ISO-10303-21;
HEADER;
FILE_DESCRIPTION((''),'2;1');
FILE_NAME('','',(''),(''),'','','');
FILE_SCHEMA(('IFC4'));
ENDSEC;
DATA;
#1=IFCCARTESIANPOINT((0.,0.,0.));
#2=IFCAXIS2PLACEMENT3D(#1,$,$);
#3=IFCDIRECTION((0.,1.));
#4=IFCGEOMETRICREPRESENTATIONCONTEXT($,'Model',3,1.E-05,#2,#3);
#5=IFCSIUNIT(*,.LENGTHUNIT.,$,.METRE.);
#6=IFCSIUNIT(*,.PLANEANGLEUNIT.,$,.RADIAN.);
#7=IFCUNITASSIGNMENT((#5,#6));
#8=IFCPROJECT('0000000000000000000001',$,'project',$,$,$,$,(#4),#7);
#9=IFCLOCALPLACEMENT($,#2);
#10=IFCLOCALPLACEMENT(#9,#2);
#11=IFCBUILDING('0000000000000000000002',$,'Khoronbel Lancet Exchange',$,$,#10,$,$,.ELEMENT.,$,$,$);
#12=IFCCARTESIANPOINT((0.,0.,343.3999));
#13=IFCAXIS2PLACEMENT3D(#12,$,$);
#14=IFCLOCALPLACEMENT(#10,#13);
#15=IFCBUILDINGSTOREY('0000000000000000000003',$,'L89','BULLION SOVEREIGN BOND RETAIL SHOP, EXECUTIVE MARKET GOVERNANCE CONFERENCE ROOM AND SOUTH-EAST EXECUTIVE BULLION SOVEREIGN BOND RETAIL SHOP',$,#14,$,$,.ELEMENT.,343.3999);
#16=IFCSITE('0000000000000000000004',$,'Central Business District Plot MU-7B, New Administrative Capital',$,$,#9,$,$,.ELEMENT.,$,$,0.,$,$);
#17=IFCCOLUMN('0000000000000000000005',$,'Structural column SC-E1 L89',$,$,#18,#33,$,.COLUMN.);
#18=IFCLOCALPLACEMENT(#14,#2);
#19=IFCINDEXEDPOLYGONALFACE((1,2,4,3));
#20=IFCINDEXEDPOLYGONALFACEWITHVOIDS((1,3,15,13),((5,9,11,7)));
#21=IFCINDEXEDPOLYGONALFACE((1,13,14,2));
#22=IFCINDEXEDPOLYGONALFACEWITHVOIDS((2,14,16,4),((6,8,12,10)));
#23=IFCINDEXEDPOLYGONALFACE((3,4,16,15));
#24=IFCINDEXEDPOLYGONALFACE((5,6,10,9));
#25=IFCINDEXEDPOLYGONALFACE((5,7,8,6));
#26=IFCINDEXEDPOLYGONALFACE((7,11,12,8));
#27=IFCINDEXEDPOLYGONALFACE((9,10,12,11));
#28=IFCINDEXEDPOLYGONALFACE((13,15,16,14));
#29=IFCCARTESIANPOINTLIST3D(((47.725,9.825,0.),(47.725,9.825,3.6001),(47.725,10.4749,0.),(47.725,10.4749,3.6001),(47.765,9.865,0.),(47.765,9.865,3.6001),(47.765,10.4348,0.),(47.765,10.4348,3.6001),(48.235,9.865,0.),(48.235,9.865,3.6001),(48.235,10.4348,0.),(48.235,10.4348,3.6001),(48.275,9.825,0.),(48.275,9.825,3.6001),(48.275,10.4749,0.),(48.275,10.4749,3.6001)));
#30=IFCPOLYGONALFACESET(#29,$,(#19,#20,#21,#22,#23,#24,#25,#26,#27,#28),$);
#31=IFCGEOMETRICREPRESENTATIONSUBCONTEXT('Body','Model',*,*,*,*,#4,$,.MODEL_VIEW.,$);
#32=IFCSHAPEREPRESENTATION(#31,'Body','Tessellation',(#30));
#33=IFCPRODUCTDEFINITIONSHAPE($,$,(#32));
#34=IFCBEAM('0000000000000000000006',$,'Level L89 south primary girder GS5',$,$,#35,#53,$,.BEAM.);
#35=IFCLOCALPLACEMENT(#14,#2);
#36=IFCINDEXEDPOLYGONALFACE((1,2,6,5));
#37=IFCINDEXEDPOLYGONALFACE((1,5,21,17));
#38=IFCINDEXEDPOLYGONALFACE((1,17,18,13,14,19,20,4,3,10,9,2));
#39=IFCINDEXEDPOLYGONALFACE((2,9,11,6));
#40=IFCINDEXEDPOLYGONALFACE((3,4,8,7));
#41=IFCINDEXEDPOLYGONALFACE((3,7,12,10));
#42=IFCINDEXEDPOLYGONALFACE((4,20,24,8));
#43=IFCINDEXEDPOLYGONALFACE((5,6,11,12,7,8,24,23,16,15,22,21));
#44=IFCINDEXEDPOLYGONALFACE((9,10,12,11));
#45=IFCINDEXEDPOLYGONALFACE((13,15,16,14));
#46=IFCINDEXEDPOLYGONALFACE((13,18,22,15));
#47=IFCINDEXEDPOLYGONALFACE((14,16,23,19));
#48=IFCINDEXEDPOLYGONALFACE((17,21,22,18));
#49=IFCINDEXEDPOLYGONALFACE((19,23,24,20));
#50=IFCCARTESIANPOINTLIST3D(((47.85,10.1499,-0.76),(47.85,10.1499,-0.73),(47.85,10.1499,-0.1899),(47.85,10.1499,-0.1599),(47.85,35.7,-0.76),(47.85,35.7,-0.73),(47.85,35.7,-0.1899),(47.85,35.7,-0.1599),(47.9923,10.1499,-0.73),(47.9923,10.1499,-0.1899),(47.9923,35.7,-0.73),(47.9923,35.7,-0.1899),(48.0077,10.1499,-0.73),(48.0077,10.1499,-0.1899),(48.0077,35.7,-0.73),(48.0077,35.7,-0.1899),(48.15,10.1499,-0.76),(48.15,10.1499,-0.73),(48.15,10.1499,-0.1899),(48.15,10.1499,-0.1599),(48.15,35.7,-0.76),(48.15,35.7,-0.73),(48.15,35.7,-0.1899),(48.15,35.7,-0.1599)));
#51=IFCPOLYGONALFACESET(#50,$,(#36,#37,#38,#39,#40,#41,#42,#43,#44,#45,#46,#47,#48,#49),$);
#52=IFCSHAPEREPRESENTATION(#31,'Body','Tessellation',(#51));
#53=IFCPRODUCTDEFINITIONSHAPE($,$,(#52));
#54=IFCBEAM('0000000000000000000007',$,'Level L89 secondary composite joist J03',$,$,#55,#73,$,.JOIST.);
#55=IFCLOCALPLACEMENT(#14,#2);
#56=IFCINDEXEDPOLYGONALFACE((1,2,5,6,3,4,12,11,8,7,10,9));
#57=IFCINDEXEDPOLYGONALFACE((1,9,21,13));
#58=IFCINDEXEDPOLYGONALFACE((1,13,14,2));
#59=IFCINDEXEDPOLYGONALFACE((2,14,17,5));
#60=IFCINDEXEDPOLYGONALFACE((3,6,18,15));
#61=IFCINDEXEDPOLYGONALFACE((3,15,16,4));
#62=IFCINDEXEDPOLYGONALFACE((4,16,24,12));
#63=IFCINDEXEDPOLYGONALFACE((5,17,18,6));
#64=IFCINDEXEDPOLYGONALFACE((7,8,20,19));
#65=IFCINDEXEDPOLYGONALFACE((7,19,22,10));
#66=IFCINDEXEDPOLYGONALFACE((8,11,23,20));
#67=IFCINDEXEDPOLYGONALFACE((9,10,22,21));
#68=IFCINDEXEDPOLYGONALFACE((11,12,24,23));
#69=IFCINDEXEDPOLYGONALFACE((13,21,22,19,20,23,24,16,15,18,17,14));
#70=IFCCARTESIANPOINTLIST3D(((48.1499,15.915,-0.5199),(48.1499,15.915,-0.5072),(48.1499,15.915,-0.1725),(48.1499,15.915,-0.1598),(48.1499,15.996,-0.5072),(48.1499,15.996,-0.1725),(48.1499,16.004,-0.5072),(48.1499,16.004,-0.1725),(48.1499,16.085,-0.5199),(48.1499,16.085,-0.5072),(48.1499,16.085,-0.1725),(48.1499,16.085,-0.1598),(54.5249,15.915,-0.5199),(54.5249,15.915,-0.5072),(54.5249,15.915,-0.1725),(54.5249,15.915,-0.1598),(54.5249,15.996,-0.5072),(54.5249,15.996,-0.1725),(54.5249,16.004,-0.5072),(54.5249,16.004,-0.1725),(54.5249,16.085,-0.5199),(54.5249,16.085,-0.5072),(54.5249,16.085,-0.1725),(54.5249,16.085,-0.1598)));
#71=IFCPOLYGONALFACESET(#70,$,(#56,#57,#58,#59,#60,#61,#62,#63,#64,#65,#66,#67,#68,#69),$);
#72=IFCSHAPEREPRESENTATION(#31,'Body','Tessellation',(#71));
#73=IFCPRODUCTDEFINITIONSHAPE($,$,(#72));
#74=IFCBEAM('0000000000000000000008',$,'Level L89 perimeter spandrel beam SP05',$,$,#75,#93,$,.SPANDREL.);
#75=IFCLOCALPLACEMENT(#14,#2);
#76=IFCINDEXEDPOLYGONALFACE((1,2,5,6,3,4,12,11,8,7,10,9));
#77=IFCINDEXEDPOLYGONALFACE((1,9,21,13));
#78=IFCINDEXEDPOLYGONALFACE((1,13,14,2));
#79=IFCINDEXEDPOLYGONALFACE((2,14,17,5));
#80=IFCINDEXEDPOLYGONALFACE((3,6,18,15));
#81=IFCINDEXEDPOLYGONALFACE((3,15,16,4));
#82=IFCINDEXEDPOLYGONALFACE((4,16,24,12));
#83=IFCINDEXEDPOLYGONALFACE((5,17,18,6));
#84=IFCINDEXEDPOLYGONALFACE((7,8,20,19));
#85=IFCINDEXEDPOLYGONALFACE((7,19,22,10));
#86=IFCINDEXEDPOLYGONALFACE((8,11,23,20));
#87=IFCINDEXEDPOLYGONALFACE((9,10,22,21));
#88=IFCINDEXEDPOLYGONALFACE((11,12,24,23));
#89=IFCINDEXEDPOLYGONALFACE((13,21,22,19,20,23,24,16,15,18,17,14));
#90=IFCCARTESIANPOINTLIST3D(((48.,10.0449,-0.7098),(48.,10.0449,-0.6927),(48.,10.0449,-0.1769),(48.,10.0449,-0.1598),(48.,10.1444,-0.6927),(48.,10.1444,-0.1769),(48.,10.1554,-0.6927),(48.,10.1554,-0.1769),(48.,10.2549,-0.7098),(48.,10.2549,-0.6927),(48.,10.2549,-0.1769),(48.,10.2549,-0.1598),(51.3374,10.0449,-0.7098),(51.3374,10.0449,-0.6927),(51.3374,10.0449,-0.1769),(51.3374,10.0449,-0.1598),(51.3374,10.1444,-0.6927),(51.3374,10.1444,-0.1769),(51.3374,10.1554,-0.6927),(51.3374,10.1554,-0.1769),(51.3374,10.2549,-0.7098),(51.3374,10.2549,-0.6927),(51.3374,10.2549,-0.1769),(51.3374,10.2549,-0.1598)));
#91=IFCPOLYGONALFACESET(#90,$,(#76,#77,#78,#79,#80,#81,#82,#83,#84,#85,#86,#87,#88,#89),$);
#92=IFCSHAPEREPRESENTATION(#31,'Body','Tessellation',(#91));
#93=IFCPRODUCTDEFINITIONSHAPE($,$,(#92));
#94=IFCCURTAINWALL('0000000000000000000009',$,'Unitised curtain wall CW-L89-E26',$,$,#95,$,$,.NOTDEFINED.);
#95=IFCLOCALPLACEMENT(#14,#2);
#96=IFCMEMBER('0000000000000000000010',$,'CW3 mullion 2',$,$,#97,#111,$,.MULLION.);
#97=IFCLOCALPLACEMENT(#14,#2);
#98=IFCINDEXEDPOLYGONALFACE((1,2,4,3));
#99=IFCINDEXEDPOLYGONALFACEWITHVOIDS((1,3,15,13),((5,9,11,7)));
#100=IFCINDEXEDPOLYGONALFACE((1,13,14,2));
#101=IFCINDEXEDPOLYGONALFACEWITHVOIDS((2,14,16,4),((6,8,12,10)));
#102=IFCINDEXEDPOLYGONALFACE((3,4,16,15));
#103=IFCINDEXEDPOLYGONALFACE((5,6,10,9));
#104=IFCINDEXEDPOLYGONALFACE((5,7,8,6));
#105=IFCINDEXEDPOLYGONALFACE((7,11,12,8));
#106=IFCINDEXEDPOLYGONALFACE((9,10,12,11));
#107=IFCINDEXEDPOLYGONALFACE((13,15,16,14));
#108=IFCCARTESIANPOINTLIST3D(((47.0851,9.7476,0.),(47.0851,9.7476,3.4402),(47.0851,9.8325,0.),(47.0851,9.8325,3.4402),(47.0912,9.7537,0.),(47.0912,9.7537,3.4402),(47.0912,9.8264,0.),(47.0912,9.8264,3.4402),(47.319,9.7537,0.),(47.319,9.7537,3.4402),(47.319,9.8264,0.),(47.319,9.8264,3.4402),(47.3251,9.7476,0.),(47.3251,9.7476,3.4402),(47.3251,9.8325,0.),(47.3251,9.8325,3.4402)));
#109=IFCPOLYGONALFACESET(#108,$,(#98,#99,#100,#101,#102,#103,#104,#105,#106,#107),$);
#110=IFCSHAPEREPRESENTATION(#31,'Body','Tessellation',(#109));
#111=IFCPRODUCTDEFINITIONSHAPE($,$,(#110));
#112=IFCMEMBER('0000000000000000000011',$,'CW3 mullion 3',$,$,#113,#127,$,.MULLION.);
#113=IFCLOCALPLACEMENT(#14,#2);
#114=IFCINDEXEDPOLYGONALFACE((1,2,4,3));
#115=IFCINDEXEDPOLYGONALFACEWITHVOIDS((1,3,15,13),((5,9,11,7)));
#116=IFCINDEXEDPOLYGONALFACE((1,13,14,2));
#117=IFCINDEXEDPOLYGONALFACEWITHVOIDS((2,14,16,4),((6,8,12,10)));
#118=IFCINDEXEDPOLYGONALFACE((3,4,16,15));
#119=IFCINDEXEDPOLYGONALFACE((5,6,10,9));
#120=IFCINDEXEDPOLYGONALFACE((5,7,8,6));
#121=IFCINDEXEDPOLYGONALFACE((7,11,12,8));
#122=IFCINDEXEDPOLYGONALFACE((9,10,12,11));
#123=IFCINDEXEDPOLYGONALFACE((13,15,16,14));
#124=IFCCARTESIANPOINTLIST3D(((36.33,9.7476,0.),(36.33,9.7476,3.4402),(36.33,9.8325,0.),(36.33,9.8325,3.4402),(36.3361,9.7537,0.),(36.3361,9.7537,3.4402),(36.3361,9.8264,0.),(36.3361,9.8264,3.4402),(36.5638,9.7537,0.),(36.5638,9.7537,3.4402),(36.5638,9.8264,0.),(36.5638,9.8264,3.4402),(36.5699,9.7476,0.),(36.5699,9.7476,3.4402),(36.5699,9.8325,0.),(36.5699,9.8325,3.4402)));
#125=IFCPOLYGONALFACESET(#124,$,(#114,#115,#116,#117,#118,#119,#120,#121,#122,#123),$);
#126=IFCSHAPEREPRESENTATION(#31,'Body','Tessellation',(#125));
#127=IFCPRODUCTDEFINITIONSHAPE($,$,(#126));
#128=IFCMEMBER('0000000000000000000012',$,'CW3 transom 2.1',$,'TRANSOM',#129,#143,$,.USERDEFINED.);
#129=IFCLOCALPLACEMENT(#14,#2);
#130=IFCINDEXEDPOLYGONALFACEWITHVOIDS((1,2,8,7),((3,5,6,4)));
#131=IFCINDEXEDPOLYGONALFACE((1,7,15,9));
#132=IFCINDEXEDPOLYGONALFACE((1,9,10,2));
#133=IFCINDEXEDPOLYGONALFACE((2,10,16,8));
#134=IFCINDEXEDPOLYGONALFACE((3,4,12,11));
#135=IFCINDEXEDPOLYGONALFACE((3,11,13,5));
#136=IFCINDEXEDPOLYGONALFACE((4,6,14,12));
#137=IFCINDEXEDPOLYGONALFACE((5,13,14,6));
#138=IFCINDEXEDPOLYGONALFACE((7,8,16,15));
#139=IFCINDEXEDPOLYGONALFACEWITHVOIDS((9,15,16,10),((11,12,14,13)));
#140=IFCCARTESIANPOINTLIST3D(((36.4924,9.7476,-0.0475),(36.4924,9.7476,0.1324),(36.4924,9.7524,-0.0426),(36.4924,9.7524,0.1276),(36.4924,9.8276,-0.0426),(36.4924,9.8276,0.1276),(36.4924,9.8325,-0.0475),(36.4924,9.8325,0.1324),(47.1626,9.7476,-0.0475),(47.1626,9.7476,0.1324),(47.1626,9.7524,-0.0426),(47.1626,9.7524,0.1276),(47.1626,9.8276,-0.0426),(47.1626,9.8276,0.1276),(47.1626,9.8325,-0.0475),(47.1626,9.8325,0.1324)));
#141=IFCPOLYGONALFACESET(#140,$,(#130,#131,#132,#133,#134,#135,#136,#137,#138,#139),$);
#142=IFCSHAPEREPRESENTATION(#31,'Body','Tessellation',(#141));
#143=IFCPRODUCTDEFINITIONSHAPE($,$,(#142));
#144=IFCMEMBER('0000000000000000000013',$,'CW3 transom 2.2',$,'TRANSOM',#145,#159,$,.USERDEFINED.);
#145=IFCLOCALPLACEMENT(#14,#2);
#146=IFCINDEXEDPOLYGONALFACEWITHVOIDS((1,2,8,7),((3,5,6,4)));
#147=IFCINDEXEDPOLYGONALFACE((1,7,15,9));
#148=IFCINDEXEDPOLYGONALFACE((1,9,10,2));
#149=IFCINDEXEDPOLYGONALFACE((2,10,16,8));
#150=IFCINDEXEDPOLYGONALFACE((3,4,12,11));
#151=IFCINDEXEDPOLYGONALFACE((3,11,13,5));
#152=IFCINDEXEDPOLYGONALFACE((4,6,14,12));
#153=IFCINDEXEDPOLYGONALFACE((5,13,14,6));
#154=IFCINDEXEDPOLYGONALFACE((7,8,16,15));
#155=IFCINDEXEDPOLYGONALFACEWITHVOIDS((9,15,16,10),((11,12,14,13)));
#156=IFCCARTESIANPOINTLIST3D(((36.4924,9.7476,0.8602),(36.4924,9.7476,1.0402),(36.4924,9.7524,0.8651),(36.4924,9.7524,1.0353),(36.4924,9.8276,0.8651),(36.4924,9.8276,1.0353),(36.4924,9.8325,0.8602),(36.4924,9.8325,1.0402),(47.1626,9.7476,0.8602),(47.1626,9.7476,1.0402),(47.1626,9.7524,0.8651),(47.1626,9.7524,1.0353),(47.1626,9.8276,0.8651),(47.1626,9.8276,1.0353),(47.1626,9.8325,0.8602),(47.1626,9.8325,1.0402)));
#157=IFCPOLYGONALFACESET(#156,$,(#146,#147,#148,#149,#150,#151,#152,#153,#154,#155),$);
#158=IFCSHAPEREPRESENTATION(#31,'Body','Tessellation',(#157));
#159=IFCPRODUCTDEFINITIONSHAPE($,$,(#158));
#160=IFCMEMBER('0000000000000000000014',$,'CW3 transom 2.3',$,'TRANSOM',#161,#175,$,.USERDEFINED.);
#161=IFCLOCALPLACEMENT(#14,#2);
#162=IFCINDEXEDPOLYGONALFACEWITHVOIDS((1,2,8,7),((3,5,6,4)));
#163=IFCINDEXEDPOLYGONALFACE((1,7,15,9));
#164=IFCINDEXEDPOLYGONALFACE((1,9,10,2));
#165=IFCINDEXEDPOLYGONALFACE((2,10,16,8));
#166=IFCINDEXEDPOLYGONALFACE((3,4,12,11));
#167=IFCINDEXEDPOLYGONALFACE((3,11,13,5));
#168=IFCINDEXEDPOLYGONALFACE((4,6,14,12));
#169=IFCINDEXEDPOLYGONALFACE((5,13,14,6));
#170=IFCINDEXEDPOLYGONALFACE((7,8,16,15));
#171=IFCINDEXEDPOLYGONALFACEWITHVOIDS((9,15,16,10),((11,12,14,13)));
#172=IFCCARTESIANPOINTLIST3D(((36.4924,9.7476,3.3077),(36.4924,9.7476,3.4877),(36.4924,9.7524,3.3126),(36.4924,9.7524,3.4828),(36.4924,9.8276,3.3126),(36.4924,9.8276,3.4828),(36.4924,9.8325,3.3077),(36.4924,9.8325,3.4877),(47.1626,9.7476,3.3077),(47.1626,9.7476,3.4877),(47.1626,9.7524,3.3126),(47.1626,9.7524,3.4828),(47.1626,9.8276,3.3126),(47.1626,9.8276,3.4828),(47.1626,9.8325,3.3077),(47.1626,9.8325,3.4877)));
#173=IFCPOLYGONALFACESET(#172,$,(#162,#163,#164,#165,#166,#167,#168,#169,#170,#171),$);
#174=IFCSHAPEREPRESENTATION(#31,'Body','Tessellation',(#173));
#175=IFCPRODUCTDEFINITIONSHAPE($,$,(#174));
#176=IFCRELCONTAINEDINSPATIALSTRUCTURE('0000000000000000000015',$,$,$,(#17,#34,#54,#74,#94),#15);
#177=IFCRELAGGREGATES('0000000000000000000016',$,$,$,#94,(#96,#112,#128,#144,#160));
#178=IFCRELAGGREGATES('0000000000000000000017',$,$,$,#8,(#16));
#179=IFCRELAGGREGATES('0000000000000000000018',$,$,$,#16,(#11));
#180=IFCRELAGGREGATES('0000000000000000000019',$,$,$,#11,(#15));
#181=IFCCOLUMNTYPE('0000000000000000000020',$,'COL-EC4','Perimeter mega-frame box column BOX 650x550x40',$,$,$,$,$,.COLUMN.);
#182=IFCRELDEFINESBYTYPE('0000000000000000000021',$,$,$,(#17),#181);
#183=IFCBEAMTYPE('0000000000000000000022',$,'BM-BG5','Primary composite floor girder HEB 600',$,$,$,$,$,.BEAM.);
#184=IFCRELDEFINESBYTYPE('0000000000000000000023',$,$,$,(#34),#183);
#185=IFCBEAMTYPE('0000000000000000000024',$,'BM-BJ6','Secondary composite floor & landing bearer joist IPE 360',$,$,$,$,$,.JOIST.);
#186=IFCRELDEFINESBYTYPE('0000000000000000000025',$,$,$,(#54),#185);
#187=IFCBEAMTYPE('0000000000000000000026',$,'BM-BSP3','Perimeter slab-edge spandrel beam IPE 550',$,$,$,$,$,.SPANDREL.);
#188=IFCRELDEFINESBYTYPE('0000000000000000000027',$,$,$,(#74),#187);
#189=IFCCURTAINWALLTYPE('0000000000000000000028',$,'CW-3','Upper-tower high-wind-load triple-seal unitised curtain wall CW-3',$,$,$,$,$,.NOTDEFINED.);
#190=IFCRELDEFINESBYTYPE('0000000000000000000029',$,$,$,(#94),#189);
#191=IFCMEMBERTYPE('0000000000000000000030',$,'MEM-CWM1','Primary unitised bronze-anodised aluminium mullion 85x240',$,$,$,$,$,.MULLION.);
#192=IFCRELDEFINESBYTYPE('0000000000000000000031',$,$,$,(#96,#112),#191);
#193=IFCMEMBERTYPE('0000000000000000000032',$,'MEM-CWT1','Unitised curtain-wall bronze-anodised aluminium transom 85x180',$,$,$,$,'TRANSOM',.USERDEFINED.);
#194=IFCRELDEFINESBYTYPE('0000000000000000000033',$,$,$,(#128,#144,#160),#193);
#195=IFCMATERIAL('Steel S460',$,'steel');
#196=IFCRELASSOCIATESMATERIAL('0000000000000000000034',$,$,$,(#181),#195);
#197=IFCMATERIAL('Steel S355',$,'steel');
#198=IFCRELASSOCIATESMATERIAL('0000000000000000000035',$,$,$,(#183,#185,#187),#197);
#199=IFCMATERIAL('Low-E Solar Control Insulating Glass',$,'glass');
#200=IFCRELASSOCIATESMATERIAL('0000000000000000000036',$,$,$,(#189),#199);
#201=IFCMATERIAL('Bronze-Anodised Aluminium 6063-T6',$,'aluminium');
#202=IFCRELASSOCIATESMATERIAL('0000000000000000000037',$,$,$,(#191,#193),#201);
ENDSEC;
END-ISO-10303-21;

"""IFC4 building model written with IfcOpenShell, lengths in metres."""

from ifc_helpers import new_model, si_unit, direction, frame, origin, origin_2d, place, context, subcontext, project, spatial, hollow_rectangle, i_section, extrude, material, material_profile, profile_set, type_object, element, aggregate, save


model = new_model("IFC4")

# Units and contexts
model_context = context("Model", 3, precision=1e-05, world=origin(), true_north=direction((0.0, 1.0)))
body_context = subcontext(model_context, "Body", "Model", "MODEL_VIEW")
ifc_project = project(units=[si_unit("LENGTHUNIT", "METRE"), si_unit("PLANEANGLEUNIT", "RADIAN")], contexts=[model_context])

# Site, building, storey
site_placement = place(None, origin())
site = spatial("IfcSite", under=ifc_project, at=site_placement, Name="Central Business District Plot MU-7B, New Administrative Capital", CompositionType="ELEMENT", RefElevation=0.0)
building_placement = place(site_placement, origin())
building = spatial("IfcBuilding", under=site, at=building_placement, Name="Khoronbel Lancet Exchange", CompositionType="ELEMENT")
storey_placement = place(building_placement, frame((0.0, 0.0, 343.3999)))
storey = spatial("IfcBuildingStorey", under=building, at=storey_placement, Name="L89", Description="BULLION SOVEREIGN BOND RETAIL SHOP, EXECUTIVE MARKET GOVERNANCE CONFERENCE ROOM AND SOUTH-EAST EXECUTIVE BULLION SOVEREIGN BOND RETAIL SHOP", CompositionType="ELEMENT", Elevation=343.3999)

# Column
ifc_material_1 = material(Name="Steel S460", Category="steel")
ifc_material_profile_1 = material_profile(ifc_material_1, hollow_rectangle(XDim=0.55, YDim=0.6499, WallThickness=0.04, at=origin_2d()), Name="BOX 650x550x40")
ifc_profile_set_1 = profile_set([ifc_material_profile_1], Name="Steel S460")
column_type = type_object("IfcColumnType", Name="COL-EC4", Description="Perimeter mega-frame box column BOX 650x550x40", PredefinedType="COLUMN", material=ifc_profile_set_1)
column_placement = place(storey_placement, frame((48.0, 10.1499, 0.0), z_axis=(0.0, 0.0, 1.0), x_axis=(1.0, 0.0, 0.0)))
element("IfcColumn", 1, at=column_placement, inside=storey, type_object=column_type, Name="Structural column SC-E1 L89", PredefinedType="COLUMN", context=body_context, shape_type="SweptSolid", body=[
    extrude(hollow_rectangle(XDim=0.55, YDim=0.6499, WallThickness=0.04, at=origin_2d()), origin(), (0.0, 0.0, 1.0), 3.6001),
])

# Beams
ifc_material_2 = material(Name="Steel S355", Category="steel")
ifc_material_profile_2 = material_profile(ifc_material_2, i_section(OverallWidth=0.3, OverallDepth=0.6001, WebThickness=0.0154, FlangeThickness=0.03, at=origin_2d()), Name="HEB 600")
ifc_profile_set_2 = profile_set([ifc_material_profile_2], Name="Steel S355")
beam_type_1 = type_object("IfcBeamType", Name="BM-BG5", Description="Primary composite floor girder HEB 600", PredefinedType="BEAM", material=ifc_profile_set_2)
beam_1_placement = place(storey_placement, frame((48.0, 10.1499, -0.46), z_axis=(0.0, 1.0, 0.0), x_axis=(-1.0, 0.0, 0.0)))
element("IfcBeam", 2, at=beam_1_placement, inside=storey, type_object=beam_type_1, Name="Level L89 south primary girder GS5", PredefinedType="BEAM", context=body_context, shape_type="SweptSolid", body=[
    extrude(i_section(OverallWidth=0.3, OverallDepth=0.6001, WebThickness=0.0154, FlangeThickness=0.03, at=origin_2d()), origin(), (0.0, 0.0, 1.0), 25.55),
])
ifc_material_profile_3 = material_profile(ifc_material_2, i_section(OverallWidth=0.1699, OverallDepth=0.3601, WebThickness=0.0081, FlangeThickness=0.0127, at=origin_2d()), Name="IPE 360")
ifc_profile_set_3 = profile_set([ifc_material_profile_3], Name="Steel S355")
beam_type_2 = type_object("IfcBeamType", Name="BM-BJ6", Description="Secondary composite floor & landing bearer joist IPE 360", PredefinedType="JOIST", material=ifc_profile_set_3)
beam_2_placement = place(storey_placement, frame((48.1499, 16.0, -0.3398), z_axis=(1.0, 0.0, 0.0), x_axis=(0.0, 1.0, 0.0)))
element("IfcBeam", 3, at=beam_2_placement, inside=storey, type_object=beam_type_2, Name="Level L89 secondary composite joist J03", PredefinedType="JOIST", context=body_context, shape_type="SweptSolid", body=[
    extrude(i_section(OverallWidth=0.1699, OverallDepth=0.3601, WebThickness=0.0081, FlangeThickness=0.0127, at=origin_2d()), origin(), (0.0, 0.0, 1.0), 6.375),
])
ifc_material_profile_4 = material_profile(ifc_material_2, i_section(OverallWidth=0.21, OverallDepth=0.55, WebThickness=0.011, FlangeThickness=0.0171, at=origin_2d()), Name="IPE 550")
ifc_profile_set_4 = profile_set([ifc_material_profile_4], Name="Steel S355")
beam_type_3 = type_object("IfcBeamType", Name="BM-BSP3", Description="Perimeter slab-edge spandrel beam IPE 550", PredefinedType="SPANDREL", material=ifc_profile_set_4)
beam_3_placement = place(storey_placement, frame((48.0, 10.1499, -0.4348), z_axis=(1.0, 0.0, 0.0), x_axis=(0.0, 1.0, 0.0)))
element("IfcBeam", 4, at=beam_3_placement, inside=storey, type_object=beam_type_3, Name="Level L89 perimeter spandrel beam SP05", PredefinedType="SPANDREL", context=body_context, shape_type="SweptSolid", body=[
    extrude(i_section(OverallWidth=0.21, OverallDepth=0.55, WebThickness=0.011, FlangeThickness=0.0171, at=origin_2d()), origin(), (0.0, 0.0, 1.0), 3.3374),
])

# Curtain wall, members
ifc_material_3 = material(Name="Low-E Solar Control Insulating Glass", Category="glass")
curtain_wall_type = type_object("IfcCurtainWallType", Name="CW-3", Description="Upper-tower high-wind-load triple-seal unitised curtain wall CW-3", PredefinedType="NOTDEFINED", material=ifc_material_3)
curtain_wall_placement = place(storey_placement, origin())
curtain_wall = element("IfcCurtainWall", 5, at=curtain_wall_placement, inside=storey, type_object=curtain_wall_type, Name="Unitised curtain wall CW-L89-E26", PredefinedType="NOTDEFINED")
ifc_material_4 = material(Name="Bronze-Anodised Aluminium 6063-T6", Category="aluminium")
ifc_material_profile_5 = material_profile(ifc_material_4, hollow_rectangle(XDim=0.085, YDim=0.24, WallThickness=0.0061, at=origin_2d()), Name="ALU MULLION 85x240")
ifc_profile_set_5 = profile_set([ifc_material_profile_5], Name="Bronze-Anodised Aluminium 6063-T6")
member_type_1 = type_object("IfcMemberType", Name="MEM-CWM1", Description="Primary unitised bronze-anodised aluminium mullion 85x240", PredefinedType="MULLION", material=ifc_profile_set_5)
member_1_placement = place(storey_placement, frame((47.2051, 9.79, 0.0), z_axis=(0.0, 0.0, 1.0), x_axis=(0.0, -1.0, 0.0)))
member_1 = element("IfcMember", 6, at=member_1_placement, type_object=member_type_1, Name="CW3 mullion 2", PredefinedType="MULLION", context=body_context, shape_type="SweptSolid", body=[
    extrude(hollow_rectangle(XDim=0.085, YDim=0.24, WallThickness=0.0061, at=origin_2d()), origin(), (0.0, 0.0, 1.0), 3.4402),
])
member_2_placement = place(storey_placement, frame((36.45, 9.79, 0.0), z_axis=(0.0, 0.0, 1.0), x_axis=(0.0, -1.0, 0.0)))
member_2 = element("IfcMember", 7, at=member_2_placement, type_object=member_type_1, Name="CW3 mullion 3", PredefinedType="MULLION", context=body_context, shape_type="SweptSolid", body=[
    extrude(hollow_rectangle(XDim=0.085, YDim=0.24, WallThickness=0.0061, at=origin_2d()), origin(), (0.0, 0.0, 1.0), 3.4402),
])
ifc_material_profile_6 = material_profile(ifc_material_4, hollow_rectangle(XDim=0.085, YDim=0.1799, WallThickness=0.0049, at=origin_2d()), Name="ALU TRANSOM 85x180")
ifc_profile_set_6 = profile_set([ifc_material_profile_6], Name="Bronze-Anodised Aluminium 6063-T6")
member_type_2 = type_object("IfcMemberType", Name="MEM-CWT1", Description="Unitised curtain-wall bronze-anodised aluminium transom 85x180", ElementType="TRANSOM", PredefinedType="USERDEFINED", material=ifc_profile_set_6)
member_3_placement = place(storey_placement, frame((47.1626, 9.79, 0.0425), z_axis=(-1.0, 0.0, 0.0), x_axis=(0.0, -1.0, 0.0)))
member_3 = element("IfcMember", 8, at=member_3_placement, type_object=member_type_2, Name="CW3 transom 2.1", ObjectType="TRANSOM", PredefinedType="USERDEFINED", context=body_context, shape_type="SweptSolid", body=[
    extrude(hollow_rectangle(XDim=0.085, YDim=0.1799, WallThickness=0.0049, at=origin_2d()), origin(), (0.0, 0.0, 1.0), 10.6702),
])
member_4_placement = place(storey_placement, frame((47.1626, 9.79, 0.9502), z_axis=(-1.0, 0.0, 0.0), x_axis=(0.0, -1.0, 0.0)))
member_4 = element("IfcMember", 9, at=member_4_placement, type_object=member_type_2, Name="CW3 transom 2.2", ObjectType="TRANSOM", PredefinedType="USERDEFINED", context=body_context, shape_type="SweptSolid", body=[
    extrude(hollow_rectangle(XDim=0.085, YDim=0.1799, WallThickness=0.0049, at=origin_2d()), origin(), (0.0, 0.0, 1.0), 10.6702),
])
member_5_placement = place(storey_placement, frame((47.1626, 9.79, 3.3977), z_axis=(-1.0, 0.0, 0.0), x_axis=(0.0, -1.0, 0.0)))
member_5 = element("IfcMember", 10, at=member_5_placement, type_object=member_type_2, Name="CW3 transom 2.3", ObjectType="TRANSOM", PredefinedType="USERDEFINED", context=body_context, shape_type="SweptSolid", body=[
    extrude(hollow_rectangle(XDim=0.085, YDim=0.1799, WallThickness=0.0049, at=origin_2d()), origin(), (0.0, 0.0, 1.0), 10.6702),
])
aggregate(curtain_wall, [member_1, member_2, member_3, member_4, member_5])

save(model, "model.ifc")
